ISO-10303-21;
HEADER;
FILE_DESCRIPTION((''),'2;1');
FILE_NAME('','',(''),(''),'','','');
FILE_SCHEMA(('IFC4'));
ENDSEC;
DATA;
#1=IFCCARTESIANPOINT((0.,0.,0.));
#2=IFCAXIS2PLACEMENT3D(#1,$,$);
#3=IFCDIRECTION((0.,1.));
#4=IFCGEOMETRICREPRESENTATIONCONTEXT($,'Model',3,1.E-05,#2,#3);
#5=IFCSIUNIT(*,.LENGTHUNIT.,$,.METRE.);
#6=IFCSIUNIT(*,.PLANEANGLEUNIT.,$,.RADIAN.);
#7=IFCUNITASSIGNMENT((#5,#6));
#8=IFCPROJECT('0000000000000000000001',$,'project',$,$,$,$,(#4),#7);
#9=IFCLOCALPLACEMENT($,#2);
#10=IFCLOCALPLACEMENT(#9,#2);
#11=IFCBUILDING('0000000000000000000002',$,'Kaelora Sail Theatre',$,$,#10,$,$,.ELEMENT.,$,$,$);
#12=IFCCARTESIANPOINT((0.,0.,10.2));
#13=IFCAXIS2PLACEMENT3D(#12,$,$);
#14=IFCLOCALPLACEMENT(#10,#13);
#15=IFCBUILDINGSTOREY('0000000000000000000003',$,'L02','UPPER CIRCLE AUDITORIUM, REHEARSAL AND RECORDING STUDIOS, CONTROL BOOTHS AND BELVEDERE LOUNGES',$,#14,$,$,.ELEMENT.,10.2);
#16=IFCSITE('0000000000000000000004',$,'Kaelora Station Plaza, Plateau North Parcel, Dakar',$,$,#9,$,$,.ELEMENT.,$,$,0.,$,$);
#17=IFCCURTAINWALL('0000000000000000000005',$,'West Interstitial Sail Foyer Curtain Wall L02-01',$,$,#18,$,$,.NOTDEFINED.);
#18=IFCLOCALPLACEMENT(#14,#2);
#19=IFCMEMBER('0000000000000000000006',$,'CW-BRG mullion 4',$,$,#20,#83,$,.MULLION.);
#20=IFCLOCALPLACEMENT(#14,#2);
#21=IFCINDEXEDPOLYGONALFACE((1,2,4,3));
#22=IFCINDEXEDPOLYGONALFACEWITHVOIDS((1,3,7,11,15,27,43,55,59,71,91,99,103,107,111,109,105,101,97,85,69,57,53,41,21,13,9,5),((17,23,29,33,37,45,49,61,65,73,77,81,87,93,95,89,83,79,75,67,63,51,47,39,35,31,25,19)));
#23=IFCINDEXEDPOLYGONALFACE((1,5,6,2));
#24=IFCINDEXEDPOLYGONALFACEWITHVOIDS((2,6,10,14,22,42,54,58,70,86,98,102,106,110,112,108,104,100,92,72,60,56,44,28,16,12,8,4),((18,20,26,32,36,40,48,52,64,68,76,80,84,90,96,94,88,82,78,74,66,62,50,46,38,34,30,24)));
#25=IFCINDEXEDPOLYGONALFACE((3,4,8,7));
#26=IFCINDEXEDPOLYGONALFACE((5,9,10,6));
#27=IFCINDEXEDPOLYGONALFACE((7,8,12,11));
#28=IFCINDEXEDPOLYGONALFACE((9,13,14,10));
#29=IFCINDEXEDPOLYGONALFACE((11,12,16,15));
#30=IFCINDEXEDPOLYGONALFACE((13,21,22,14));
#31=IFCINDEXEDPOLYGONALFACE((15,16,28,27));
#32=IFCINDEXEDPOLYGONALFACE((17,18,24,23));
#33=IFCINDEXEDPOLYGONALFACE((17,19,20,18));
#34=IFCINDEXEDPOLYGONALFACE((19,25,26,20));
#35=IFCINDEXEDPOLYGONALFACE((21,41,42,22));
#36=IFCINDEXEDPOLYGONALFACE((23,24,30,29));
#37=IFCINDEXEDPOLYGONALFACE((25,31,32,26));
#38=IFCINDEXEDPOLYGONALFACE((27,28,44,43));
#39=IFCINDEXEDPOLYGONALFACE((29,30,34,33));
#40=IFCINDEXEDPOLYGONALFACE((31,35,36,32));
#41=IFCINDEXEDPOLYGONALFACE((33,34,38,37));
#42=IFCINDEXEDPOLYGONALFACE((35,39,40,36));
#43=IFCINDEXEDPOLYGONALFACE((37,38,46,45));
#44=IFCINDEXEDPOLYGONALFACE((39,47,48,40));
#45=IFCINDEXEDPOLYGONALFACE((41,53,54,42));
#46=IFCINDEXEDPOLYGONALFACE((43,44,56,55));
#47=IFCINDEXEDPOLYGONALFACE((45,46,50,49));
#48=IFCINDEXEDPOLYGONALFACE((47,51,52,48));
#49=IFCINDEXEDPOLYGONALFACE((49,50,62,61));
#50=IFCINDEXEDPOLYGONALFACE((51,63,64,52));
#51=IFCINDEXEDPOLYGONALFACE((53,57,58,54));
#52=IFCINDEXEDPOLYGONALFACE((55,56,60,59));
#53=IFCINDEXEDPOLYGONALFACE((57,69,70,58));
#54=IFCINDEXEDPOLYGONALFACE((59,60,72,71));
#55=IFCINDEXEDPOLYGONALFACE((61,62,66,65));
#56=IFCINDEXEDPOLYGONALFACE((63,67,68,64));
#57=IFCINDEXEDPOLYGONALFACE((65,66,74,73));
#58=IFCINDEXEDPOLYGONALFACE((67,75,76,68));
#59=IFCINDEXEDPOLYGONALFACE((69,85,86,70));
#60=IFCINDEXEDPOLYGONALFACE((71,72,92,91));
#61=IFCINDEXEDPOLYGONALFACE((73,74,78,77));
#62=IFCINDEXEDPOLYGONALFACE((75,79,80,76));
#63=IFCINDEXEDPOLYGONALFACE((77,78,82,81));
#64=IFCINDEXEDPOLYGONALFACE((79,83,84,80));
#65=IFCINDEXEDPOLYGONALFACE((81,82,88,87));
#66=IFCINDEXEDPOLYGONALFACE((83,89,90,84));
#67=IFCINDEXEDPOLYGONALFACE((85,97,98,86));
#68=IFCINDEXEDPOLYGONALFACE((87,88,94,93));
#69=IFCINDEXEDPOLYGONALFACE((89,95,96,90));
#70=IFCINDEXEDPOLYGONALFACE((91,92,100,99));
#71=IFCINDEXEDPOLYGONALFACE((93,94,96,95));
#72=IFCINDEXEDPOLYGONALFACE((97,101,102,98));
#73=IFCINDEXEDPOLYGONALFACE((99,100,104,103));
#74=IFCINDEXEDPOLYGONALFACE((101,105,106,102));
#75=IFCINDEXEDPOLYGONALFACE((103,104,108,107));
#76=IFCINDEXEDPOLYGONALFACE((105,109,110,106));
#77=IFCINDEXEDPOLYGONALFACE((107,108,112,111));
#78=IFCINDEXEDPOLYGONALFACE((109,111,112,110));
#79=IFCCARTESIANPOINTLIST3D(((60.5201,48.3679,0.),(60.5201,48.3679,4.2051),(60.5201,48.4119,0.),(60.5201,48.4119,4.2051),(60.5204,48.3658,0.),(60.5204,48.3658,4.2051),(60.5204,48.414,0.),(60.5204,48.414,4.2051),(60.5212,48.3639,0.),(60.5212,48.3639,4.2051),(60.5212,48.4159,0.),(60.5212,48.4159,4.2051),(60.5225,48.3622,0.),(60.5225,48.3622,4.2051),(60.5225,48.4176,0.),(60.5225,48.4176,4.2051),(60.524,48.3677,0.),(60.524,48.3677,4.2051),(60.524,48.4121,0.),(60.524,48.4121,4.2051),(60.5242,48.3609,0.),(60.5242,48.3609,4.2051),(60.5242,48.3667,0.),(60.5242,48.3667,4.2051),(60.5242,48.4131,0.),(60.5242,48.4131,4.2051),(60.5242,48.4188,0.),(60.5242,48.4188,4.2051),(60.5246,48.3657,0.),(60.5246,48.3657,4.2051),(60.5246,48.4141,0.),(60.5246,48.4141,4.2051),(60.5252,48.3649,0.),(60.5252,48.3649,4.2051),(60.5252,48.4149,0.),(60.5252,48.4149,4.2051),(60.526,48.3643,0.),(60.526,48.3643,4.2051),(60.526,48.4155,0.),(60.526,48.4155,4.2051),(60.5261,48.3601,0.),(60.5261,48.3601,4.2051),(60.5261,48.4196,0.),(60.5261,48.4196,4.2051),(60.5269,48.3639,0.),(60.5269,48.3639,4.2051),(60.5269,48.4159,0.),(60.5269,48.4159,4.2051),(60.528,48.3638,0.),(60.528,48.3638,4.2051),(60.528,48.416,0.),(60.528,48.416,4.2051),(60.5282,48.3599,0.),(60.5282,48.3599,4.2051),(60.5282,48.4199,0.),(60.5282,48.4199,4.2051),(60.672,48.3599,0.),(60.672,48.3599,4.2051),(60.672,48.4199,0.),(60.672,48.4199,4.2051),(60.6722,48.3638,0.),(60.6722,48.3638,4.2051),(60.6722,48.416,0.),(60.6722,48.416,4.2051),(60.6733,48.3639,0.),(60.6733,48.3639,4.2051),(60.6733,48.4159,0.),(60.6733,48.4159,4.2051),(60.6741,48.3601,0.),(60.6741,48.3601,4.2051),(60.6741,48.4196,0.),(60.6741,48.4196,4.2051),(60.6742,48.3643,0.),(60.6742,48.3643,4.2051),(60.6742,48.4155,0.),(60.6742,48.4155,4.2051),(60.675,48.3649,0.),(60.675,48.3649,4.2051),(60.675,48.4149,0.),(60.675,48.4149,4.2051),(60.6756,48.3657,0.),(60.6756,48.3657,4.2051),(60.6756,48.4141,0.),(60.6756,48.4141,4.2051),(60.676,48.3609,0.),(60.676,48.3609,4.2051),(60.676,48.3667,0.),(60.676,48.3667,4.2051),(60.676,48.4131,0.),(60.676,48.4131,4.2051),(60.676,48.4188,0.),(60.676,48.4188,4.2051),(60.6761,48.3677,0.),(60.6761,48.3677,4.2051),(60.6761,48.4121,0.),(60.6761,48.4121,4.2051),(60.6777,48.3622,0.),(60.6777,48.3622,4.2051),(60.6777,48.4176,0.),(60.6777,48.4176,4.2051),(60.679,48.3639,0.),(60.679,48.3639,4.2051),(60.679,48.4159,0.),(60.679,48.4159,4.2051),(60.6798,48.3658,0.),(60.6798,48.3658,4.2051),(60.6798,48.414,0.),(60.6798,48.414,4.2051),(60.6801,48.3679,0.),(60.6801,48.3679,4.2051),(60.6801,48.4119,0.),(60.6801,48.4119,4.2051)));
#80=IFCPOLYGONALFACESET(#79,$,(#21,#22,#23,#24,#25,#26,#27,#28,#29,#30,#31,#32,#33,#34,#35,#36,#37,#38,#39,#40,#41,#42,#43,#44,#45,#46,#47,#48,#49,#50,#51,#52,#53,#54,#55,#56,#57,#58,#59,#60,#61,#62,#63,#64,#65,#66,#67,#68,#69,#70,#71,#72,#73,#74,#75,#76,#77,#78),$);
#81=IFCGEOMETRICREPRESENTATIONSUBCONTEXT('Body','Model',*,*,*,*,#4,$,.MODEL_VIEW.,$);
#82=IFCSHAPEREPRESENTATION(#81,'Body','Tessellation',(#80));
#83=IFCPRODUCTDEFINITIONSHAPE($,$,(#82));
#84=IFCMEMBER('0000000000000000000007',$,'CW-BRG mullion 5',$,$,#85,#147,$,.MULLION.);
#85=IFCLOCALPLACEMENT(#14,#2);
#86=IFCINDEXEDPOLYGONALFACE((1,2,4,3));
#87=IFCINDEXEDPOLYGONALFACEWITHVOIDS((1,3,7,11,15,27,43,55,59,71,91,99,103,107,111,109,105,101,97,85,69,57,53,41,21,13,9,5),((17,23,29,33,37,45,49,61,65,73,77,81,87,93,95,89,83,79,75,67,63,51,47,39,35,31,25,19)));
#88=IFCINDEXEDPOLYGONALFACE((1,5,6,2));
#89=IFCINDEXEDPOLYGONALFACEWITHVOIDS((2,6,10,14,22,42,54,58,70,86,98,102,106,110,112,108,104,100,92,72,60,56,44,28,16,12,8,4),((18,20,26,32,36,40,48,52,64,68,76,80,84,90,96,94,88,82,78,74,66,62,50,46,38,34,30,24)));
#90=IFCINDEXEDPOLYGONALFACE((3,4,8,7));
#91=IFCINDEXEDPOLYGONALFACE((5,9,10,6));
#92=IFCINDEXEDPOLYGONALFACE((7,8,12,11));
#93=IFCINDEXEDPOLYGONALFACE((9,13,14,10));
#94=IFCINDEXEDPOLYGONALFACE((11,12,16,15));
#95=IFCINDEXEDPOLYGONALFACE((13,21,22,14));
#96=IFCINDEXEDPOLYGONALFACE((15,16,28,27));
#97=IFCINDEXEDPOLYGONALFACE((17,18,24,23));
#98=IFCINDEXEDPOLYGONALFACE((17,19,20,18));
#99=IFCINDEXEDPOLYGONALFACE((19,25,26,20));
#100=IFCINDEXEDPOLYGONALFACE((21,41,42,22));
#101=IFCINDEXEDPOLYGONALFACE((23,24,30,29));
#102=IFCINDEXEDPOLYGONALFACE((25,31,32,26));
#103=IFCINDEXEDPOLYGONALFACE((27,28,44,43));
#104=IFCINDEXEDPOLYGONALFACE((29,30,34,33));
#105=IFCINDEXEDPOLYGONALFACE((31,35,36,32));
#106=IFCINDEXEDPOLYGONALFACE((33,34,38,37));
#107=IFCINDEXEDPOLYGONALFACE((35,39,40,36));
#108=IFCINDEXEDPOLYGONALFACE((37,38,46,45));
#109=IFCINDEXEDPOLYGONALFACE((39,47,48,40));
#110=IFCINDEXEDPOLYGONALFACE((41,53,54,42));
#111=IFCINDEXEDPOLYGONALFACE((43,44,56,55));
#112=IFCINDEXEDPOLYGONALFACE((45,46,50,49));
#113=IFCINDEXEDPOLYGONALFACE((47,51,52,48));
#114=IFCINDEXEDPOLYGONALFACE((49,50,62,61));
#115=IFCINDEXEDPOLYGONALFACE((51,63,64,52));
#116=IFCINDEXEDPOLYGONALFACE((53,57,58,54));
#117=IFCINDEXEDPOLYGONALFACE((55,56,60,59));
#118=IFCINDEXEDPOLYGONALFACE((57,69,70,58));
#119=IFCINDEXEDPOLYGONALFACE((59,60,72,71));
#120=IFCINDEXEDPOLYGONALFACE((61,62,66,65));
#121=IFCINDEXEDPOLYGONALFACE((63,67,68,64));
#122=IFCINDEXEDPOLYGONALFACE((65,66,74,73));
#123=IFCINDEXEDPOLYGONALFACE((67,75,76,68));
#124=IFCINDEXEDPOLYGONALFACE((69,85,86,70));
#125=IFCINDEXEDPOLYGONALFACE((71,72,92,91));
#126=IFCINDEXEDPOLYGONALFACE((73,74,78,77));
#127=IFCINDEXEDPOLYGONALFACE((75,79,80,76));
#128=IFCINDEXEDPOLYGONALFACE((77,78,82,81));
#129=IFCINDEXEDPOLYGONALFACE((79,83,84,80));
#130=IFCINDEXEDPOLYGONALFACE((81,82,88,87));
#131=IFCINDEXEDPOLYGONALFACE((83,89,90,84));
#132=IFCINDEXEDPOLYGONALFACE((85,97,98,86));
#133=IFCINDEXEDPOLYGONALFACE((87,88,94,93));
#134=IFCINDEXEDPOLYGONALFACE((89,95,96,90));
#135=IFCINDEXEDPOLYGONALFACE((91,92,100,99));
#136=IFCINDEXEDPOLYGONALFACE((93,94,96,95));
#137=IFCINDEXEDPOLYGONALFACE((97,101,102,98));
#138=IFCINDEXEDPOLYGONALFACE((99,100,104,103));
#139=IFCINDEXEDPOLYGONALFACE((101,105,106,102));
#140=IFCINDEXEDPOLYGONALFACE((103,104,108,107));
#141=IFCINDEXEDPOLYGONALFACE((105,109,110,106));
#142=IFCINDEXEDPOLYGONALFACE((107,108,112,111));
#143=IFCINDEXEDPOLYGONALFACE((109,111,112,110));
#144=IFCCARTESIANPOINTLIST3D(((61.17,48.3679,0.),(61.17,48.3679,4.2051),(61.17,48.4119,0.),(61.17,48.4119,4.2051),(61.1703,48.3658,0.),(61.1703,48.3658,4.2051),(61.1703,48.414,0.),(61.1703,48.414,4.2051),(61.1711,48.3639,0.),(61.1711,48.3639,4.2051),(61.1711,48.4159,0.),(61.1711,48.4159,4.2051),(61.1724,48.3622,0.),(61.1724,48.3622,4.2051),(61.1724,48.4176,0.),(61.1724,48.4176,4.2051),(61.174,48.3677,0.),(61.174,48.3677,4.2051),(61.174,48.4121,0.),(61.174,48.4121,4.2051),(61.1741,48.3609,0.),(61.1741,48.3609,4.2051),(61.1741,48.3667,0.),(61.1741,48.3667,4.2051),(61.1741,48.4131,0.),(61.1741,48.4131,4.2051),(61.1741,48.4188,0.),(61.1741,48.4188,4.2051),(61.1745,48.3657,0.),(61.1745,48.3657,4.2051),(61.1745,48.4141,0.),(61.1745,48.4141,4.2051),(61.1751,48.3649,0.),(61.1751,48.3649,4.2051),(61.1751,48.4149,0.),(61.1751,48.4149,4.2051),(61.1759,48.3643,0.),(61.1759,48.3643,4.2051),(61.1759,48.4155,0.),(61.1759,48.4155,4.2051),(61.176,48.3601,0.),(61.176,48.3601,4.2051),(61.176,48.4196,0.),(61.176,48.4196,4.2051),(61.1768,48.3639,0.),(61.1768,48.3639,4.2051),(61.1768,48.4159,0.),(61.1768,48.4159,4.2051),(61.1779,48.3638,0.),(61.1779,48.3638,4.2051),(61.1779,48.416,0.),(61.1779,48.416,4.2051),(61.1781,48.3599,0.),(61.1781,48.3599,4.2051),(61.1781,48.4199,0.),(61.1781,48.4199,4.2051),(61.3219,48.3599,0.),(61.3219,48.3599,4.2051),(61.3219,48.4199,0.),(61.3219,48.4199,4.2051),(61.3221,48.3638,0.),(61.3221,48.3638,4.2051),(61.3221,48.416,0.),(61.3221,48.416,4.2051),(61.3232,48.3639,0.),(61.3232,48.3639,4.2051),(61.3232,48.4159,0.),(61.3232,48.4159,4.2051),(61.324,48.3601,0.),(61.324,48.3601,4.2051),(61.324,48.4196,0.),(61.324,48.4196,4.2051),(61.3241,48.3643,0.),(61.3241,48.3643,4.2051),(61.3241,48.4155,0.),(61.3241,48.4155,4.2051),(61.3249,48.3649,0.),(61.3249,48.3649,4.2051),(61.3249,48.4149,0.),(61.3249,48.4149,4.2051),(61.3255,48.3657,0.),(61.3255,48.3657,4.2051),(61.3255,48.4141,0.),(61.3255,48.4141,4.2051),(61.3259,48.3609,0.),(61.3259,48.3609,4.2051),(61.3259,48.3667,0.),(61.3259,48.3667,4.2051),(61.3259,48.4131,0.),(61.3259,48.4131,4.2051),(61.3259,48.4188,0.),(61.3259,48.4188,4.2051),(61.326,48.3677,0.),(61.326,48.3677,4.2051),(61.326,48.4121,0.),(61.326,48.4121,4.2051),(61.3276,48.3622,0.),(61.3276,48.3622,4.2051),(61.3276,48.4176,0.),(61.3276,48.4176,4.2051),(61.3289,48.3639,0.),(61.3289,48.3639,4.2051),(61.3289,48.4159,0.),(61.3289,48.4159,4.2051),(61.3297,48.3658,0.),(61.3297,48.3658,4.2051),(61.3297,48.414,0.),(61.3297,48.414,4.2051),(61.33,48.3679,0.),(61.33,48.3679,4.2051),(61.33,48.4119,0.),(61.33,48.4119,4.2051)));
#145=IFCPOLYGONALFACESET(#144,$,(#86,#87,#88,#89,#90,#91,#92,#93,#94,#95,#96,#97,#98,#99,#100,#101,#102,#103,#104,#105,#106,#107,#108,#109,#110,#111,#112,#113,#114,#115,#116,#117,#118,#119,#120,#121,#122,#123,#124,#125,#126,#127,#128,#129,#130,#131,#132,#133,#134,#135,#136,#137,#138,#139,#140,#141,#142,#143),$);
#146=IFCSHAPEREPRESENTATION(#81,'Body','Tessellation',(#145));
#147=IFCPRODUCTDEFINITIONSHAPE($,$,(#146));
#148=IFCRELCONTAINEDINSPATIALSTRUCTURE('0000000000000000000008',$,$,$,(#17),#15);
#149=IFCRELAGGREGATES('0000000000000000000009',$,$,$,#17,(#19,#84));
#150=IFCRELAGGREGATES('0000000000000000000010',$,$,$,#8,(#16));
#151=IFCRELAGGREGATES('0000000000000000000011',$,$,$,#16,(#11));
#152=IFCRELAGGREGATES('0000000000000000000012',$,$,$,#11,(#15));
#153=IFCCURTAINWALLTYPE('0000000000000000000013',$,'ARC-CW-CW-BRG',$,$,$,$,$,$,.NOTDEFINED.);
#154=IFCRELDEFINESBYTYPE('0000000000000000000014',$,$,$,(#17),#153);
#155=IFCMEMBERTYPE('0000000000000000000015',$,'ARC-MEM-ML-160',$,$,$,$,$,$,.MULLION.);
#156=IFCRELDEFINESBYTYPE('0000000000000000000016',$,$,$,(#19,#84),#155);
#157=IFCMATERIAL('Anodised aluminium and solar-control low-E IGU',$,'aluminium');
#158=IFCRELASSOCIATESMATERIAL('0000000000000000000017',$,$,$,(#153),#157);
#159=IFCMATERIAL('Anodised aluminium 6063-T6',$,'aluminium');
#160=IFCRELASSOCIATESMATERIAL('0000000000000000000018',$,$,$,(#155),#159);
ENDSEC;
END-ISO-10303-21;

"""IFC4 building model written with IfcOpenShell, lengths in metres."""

from ifc_helpers import new_model, si_unit, direction, frame, origin, origin_2d, place, context, subcontext, project, spatial, hollow_rectangle, extrude, material, material_profile, profile_set, type_object, element, aggregate, save


model = new_model("IFC4")

# Units and contexts
model_context = context("Model", 3, precision=1e-05, world=origin(), true_north=direction((0.0, 1.0)))
body_context = subcontext(model_context, "Body", "Model", "MODEL_VIEW")
ifc_project = project(units=[si_unit("LENGTHUNIT", "METRE"), si_unit("PLANEANGLEUNIT", "RADIAN")], contexts=[model_context])

# Site, building, storey
site_placement = place(None, origin())
site = spatial("IfcSite", under=ifc_project, at=site_placement, Name="Kaelora Station Plaza, Plateau North Parcel, Dakar", CompositionType="ELEMENT", RefElevation=0.0)
building_placement = place(site_placement, origin())
building = spatial("IfcBuilding", under=site, at=building_placement, Name="Kaelora Sail Theatre", CompositionType="ELEMENT")
storey_placement = place(building_placement, frame((0.0, 0.0, 10.2)))
storey = spatial("IfcBuildingStorey", under=building, at=storey_placement, Name="L02", Description="UPPER CIRCLE AUDITORIUM, REHEARSAL AND RECORDING STUDIOS, CONTROL BOOTHS AND BELVEDERE LOUNGES", CompositionType="ELEMENT", Elevation=10.2)

# Curtain wall, members
ifc_material_1 = material(Name="Anodised aluminium and solar-control low-E IGU", Category="aluminium")
curtain_wall_type = type_object("IfcCurtainWallType", Name="ARC-CW-CW-BRG", PredefinedType="NOTDEFINED", material=ifc_material_1)
curtain_wall_placement = place(storey_placement, origin())
curtain_wall = element("IfcCurtainWall", 1, at=curtain_wall_placement, inside=storey, type_object=curtain_wall_type, Name="West Interstitial Sail Foyer Curtain Wall L02-01", PredefinedType="NOTDEFINED")
ifc_material_2 = material(Name="Anodised aluminium 6063-T6", Category="aluminium")
ifc_material_profile_1 = material_profile(ifc_material_2, hollow_rectangle(XDim=0.0601, YDim=0.1599, WallThickness=0.0039, InnerFilletRadius=0.0039, OuterFilletRadius=0.0081, at=origin_2d()), Name="ALU-MULL 60x160x4")
ifc_profile_set_1 = profile_set([ifc_material_profile_1], Name="Anodised aluminium 6063-T6")
member_type_1 = type_object("IfcMemberType", Name="ARC-MEM-ML-160", PredefinedType="MULLION", material=ifc_profile_set_1)
member_1_placement = place(storey_placement, frame((60.6001, 48.3899, 0.0), z_axis=(0.0, 0.0, 1.0), x_axis=(0.0, 1.0, 0.0)))
member_1 = element("IfcMember", 2, at=member_1_placement, type_object=member_type_1, Name="CW-BRG mullion 4", PredefinedType="MULLION", context=body_context, shape_type="SweptSolid", body=[
    extrude(hollow_rectangle(XDim=0.0601, YDim=0.1599, WallThickness=0.0039, InnerFilletRadius=0.0039, OuterFilletRadius=0.0081, at=origin_2d()), origin(), (0.0, 0.0, 1.0), 4.2051),
])
member_2_placement = place(storey_placement, frame((61.25, 48.3899, 0.0), z_axis=(0.0, 0.0, 1.0), x_axis=(0.0, 1.0, 0.0)))
member_2 = element("IfcMember", 3, at=member_2_placement, type_object=member_type_1, Name="CW-BRG mullion 5", PredefinedType="MULLION", context=body_context, shape_type="SweptSolid", body=[
    extrude(hollow_rectangle(XDim=0.0601, YDim=0.1599, WallThickness=0.0039, InnerFilletRadius=0.0039, OuterFilletRadius=0.0081, at=origin_2d()), origin(), (0.0, 0.0, 1.0), 4.2051),
])
aggregate(curtain_wall, [member_1, member_2])

save(model, "model.ifc")
